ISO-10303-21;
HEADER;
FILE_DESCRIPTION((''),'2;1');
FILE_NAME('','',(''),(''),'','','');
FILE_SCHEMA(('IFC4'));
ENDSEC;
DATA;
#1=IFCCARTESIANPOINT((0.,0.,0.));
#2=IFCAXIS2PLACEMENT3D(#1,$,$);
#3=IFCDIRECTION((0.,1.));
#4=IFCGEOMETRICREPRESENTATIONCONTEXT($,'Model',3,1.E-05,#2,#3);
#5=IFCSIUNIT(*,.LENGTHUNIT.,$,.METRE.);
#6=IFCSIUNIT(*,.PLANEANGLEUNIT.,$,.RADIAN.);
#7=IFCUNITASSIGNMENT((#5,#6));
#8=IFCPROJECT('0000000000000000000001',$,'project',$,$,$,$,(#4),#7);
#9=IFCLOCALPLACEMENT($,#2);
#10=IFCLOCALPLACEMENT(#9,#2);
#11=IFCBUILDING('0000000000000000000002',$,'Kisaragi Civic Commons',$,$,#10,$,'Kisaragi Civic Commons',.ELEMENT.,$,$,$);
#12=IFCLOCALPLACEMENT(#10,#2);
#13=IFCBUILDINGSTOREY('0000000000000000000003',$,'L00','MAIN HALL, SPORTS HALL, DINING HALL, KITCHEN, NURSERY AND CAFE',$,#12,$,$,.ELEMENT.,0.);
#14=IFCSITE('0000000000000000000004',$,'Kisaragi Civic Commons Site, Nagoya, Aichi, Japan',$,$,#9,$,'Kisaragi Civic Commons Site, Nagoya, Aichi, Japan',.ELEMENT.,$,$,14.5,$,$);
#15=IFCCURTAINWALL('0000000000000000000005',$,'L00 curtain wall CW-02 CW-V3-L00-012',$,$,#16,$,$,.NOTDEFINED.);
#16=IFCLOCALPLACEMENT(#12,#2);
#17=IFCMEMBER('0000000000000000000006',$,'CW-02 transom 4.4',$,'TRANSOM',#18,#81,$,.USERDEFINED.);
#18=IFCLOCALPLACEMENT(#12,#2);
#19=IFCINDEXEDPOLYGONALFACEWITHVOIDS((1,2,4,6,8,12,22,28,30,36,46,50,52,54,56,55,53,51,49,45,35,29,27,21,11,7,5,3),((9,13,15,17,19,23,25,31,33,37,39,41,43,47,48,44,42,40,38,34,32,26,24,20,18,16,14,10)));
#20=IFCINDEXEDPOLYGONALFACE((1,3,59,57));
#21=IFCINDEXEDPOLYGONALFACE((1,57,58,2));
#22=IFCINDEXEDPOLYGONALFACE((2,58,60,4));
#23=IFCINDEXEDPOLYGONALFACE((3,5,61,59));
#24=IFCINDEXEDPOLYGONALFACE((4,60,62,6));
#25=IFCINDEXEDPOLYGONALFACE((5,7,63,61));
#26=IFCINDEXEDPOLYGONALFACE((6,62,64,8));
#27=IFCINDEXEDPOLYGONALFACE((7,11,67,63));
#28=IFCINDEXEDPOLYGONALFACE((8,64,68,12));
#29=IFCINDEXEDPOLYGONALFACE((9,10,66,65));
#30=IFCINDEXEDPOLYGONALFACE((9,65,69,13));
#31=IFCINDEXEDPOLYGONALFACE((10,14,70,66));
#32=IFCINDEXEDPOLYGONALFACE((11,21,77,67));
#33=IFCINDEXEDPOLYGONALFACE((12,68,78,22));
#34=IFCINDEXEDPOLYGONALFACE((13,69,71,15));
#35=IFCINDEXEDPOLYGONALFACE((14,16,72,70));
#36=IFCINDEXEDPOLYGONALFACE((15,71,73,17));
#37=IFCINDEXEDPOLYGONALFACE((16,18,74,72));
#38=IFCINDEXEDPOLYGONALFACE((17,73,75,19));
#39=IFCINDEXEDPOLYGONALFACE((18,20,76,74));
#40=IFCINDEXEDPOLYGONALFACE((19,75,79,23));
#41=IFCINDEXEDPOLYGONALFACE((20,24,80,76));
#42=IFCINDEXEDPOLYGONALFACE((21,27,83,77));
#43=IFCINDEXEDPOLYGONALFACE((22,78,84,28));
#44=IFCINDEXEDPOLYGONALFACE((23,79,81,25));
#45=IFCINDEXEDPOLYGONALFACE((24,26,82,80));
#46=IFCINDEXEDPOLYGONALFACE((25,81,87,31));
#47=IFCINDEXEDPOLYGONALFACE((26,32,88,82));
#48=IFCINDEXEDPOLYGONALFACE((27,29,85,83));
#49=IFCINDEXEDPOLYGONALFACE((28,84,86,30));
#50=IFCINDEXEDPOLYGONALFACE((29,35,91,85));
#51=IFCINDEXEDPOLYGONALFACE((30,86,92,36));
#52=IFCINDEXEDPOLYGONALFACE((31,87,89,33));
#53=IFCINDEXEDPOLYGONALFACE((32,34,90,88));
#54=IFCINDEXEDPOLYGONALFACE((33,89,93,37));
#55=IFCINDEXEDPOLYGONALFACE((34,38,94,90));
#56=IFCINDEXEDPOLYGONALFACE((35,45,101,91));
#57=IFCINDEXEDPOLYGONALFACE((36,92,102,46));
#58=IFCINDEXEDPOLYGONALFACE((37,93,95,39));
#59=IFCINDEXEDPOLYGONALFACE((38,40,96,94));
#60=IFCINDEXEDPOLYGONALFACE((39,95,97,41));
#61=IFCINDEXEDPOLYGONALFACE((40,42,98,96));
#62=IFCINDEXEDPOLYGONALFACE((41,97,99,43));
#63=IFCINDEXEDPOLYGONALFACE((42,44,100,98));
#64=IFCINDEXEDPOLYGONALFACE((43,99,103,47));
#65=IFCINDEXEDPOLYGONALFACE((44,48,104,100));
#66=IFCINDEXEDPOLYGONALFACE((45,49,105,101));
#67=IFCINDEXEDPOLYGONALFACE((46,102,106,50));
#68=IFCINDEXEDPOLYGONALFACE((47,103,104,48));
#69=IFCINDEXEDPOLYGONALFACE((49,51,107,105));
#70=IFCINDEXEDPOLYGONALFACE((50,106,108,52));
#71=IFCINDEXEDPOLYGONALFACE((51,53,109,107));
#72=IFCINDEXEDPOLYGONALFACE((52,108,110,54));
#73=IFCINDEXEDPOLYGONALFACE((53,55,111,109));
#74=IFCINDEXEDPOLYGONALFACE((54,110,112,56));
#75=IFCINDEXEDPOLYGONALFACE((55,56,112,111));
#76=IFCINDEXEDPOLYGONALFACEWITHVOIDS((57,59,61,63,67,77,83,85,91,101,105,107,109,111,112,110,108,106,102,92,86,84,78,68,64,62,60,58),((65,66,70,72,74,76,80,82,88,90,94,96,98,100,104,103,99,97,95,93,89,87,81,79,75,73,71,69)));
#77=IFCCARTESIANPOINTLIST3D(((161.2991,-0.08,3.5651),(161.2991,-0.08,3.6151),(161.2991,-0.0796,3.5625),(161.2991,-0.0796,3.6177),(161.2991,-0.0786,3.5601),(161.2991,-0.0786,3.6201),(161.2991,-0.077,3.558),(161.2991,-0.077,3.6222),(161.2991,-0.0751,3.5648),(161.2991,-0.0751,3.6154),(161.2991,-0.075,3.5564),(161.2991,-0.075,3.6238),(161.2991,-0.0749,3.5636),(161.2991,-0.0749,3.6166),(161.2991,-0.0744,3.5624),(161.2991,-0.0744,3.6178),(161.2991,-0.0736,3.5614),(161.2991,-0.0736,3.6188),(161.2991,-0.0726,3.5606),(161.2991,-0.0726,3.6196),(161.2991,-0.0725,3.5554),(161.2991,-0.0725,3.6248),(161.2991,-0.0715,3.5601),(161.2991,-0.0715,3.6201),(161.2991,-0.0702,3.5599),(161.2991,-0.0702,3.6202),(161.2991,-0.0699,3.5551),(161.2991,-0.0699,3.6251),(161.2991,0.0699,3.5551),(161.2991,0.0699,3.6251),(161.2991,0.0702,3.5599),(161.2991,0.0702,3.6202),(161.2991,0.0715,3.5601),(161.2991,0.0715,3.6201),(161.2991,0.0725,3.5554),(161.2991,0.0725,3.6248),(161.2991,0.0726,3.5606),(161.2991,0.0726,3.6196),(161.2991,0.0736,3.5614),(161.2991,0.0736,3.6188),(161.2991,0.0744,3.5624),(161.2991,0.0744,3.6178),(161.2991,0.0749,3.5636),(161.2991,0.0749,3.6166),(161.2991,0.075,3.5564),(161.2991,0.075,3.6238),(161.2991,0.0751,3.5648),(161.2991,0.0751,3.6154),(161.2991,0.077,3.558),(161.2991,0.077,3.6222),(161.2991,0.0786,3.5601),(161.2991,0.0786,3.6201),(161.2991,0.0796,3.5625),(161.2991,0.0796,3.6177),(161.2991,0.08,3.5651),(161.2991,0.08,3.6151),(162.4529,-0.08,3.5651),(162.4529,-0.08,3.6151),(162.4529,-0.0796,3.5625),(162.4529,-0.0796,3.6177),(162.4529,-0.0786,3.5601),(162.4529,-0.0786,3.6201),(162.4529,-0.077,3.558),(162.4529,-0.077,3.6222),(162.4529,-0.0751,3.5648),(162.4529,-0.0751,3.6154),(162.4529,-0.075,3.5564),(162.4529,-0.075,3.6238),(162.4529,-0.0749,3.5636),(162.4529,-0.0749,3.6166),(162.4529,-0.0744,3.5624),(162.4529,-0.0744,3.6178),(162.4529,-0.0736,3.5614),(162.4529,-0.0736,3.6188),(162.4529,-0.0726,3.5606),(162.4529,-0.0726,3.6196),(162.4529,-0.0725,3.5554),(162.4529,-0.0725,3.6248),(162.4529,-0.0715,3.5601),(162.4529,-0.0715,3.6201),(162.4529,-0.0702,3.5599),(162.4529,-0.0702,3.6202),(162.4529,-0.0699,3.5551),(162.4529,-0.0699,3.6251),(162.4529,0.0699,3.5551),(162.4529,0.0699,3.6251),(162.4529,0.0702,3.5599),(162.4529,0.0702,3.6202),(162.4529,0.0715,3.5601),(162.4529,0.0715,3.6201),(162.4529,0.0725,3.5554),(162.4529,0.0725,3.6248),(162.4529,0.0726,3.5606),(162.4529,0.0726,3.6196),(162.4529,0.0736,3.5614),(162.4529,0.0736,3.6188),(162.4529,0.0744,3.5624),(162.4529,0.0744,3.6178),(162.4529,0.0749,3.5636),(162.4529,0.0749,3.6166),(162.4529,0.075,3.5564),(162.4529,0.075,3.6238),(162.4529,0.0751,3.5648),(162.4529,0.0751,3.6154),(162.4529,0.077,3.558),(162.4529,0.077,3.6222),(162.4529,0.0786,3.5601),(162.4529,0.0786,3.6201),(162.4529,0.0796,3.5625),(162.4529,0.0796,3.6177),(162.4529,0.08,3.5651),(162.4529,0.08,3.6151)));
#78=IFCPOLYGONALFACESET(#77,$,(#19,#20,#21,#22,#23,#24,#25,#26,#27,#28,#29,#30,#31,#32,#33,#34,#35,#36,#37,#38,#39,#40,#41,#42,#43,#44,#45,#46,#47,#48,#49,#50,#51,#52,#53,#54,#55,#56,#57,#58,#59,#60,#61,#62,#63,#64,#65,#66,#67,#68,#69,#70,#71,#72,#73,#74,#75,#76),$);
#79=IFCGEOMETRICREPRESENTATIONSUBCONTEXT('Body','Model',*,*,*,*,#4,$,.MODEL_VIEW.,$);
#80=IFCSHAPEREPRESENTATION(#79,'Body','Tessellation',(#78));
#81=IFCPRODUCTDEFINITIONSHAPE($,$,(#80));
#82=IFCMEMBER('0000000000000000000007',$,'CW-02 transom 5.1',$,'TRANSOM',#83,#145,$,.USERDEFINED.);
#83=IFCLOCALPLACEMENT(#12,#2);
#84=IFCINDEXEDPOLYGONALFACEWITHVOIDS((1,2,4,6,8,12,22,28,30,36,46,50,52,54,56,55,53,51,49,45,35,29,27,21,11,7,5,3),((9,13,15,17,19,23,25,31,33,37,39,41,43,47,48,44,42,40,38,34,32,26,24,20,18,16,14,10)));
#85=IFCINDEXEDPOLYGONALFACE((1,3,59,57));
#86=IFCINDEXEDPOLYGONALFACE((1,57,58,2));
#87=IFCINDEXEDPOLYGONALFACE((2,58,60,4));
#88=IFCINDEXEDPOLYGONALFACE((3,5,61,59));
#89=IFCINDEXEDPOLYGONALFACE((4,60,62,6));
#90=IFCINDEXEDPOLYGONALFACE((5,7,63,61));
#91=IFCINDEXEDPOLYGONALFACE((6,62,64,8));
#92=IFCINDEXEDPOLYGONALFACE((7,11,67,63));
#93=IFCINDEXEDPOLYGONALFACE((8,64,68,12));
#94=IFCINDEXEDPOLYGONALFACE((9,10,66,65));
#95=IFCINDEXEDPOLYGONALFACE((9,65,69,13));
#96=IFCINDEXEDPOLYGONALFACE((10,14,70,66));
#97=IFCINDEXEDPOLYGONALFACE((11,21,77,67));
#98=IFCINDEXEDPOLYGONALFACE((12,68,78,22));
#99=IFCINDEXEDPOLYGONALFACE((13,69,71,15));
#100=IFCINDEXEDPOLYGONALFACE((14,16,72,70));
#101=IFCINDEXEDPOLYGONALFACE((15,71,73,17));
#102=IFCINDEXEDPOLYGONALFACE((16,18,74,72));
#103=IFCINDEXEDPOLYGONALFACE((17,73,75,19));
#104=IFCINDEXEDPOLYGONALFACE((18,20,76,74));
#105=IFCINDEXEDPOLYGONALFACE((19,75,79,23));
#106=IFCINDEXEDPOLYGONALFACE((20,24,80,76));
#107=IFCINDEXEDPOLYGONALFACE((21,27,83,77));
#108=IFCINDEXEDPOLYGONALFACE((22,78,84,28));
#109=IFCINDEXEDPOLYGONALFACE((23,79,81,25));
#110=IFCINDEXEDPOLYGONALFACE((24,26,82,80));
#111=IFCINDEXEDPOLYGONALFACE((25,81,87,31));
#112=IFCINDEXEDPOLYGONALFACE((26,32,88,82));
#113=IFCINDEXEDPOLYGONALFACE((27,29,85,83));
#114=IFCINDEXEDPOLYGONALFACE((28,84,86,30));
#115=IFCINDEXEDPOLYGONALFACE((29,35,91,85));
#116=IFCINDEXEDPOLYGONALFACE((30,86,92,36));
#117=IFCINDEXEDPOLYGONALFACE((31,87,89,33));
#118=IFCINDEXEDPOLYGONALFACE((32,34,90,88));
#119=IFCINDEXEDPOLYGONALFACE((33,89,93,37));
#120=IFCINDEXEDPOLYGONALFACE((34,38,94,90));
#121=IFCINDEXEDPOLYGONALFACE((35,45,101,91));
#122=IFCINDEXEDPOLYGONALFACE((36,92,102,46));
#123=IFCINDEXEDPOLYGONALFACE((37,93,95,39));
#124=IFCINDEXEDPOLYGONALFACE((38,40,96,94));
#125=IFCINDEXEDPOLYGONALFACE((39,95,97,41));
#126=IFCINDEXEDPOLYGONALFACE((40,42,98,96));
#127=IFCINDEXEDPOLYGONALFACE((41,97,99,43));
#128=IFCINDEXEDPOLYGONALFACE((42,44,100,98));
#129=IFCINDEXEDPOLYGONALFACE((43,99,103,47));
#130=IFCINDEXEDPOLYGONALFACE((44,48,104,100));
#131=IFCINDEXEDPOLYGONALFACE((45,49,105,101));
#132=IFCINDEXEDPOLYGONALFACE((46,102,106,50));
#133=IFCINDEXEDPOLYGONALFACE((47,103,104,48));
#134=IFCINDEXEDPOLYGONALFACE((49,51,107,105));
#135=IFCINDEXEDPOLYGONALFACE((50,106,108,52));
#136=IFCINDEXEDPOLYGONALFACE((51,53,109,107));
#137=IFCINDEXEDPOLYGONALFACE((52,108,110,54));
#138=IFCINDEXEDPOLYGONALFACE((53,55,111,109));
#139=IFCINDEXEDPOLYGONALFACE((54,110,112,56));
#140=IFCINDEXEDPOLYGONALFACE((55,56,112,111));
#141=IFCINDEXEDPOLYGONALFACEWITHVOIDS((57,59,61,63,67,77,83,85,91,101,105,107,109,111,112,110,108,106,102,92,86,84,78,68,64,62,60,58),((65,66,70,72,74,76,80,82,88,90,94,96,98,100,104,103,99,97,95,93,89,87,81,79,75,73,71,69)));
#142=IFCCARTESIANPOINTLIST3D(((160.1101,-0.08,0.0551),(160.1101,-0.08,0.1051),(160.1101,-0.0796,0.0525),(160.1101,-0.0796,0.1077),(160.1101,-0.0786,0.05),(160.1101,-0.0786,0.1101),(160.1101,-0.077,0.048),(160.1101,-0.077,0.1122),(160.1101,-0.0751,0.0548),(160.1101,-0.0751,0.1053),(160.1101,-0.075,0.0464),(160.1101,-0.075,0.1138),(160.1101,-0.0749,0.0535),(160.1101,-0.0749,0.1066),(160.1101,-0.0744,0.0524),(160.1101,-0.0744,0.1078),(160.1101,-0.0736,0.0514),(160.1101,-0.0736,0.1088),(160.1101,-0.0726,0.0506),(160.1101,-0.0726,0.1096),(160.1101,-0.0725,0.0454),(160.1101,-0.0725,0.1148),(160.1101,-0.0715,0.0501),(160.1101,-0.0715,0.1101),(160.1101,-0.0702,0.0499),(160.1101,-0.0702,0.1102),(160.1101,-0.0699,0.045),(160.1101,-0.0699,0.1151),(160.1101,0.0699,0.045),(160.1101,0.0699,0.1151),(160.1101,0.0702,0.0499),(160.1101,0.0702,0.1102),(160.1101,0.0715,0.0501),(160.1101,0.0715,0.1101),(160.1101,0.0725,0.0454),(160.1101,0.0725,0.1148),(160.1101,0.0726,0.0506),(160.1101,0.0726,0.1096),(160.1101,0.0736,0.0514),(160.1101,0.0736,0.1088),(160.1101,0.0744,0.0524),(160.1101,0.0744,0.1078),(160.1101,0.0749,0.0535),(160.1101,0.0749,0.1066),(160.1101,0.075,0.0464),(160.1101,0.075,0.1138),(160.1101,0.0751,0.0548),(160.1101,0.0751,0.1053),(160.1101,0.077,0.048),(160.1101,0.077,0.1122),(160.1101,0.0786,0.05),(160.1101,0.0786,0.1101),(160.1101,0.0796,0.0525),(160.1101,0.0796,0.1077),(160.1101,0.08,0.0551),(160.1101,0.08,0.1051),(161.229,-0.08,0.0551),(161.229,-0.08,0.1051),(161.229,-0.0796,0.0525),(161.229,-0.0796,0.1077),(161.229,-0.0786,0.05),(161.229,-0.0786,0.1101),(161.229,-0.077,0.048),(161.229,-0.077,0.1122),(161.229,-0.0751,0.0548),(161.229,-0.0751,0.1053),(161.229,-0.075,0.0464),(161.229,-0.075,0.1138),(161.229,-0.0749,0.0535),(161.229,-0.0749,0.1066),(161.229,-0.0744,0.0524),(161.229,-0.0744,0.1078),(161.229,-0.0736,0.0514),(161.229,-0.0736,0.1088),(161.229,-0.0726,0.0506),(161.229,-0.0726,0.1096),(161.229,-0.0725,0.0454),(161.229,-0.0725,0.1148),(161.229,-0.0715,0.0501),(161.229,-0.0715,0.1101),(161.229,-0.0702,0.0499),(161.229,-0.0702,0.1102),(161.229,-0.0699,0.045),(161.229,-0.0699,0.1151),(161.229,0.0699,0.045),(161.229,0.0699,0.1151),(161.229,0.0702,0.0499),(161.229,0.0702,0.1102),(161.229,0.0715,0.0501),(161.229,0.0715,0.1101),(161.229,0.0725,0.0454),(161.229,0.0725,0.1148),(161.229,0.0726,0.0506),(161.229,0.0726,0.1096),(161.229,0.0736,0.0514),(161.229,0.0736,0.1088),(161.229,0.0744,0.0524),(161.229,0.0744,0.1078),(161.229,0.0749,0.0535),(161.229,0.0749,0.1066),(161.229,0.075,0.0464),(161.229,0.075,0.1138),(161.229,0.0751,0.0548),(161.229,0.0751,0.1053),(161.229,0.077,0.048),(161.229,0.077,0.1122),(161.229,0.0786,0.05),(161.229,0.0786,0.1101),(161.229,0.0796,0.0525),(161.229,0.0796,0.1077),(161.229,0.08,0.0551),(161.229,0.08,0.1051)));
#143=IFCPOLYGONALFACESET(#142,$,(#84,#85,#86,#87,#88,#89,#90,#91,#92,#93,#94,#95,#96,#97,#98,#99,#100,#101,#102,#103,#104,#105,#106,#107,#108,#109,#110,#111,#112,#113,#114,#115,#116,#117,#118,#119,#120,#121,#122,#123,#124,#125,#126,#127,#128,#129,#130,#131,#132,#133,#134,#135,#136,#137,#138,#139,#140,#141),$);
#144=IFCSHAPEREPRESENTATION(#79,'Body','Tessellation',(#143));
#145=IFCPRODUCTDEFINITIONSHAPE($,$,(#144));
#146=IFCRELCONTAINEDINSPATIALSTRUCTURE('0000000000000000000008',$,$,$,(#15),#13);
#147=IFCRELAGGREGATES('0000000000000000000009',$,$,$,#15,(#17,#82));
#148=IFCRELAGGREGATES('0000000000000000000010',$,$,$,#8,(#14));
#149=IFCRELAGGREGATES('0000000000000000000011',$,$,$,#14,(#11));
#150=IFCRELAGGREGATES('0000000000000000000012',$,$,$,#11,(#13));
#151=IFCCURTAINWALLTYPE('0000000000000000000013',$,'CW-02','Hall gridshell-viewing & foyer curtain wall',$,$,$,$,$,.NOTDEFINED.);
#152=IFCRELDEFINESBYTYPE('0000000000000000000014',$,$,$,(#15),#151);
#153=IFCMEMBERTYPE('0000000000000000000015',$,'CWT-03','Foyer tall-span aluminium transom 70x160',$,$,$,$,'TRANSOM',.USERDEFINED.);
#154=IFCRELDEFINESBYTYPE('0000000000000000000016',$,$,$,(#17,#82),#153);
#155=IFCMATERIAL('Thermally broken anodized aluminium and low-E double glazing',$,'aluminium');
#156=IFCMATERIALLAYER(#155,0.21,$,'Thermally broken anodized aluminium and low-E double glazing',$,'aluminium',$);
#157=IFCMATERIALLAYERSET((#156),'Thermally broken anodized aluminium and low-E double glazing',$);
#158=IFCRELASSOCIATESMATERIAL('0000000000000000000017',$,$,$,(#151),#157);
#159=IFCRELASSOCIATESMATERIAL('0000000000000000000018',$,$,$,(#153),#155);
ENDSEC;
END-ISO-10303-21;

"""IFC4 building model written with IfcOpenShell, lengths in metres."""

from ifc_helpers import new_model, si_unit, direction, frame, origin, origin_2d, place, context, subcontext, project, spatial, hollow_rectangle, extrude, material, layer, layer_set, material_profile, profile_set, type_object, element, aggregate, save


model = new_model("IFC4")

# Units and contexts
model_context = context("Model", 3, precision=1e-05, world=origin(), true_north=direction((0.0, 1.0)))
body_context = subcontext(model_context, "Body", "Model", "MODEL_VIEW")
ifc_project = project(units=[si_unit("LENGTHUNIT", "METRE"), si_unit("PLANEANGLEUNIT", "RADIAN")], contexts=[model_context])

# Site, building, storey
site_placement = place(None, origin())
site = spatial("IfcSite", under=ifc_project, at=site_placement, Name="Kisaragi Civic Commons Site, Nagoya, Aichi, Japan", LongName="Kisaragi Civic Commons Site, Nagoya, Aichi, Japan", CompositionType="ELEMENT", RefElevation=14.5)
building_placement = place(site_placement, origin())
building = spatial("IfcBuilding", under=site, at=building_placement, Name="Kisaragi Civic Commons", LongName="Kisaragi Civic Commons", CompositionType="ELEMENT")
storey_placement = place(building_placement, origin())
storey = spatial("IfcBuildingStorey", under=building, at=storey_placement, Name="L00", Description="MAIN HALL, SPORTS HALL, DINING HALL, KITCHEN, NURSERY AND CAFE", CompositionType="ELEMENT", Elevation=0.0)

# Curtain wall, members
ifc_material = material(Name="Thermally broken anodized aluminium and low-E double glazing", Category="aluminium")
ifc_layer_1 = layer(ifc_material, 0.21, Name="Thermally broken anodized aluminium and low-E double glazing", Category="aluminium")
ifc_layer_set_1 = layer_set([ifc_layer_1], Name="Thermally broken anodized aluminium and low-E double glazing")
curtain_wall_type = type_object("IfcCurtainWallType", Name="CW-02", Description="Hall gridshell-viewing & foyer curtain wall", PredefinedType="NOTDEFINED", material=ifc_layer_set_1)
curtain_wall_placement = place(storey_placement, origin())
curtain_wall = element("IfcCurtainWall", 1, at=curtain_wall_placement, inside=storey, type_object=curtain_wall_type, Name="L00 curtain wall CW-02 CW-V3-L00-012", PredefinedType="NOTDEFINED")
ifc_material_profile_1 = material_profile(ifc_material, hollow_rectangle(XDim=0.1599, YDim=0.0701, WallThickness=0.0049, InnerFilletRadius=0.0049, OuterFilletRadius=0.01, at=origin_2d()), Name="CWT-70x160x5", Category="aluminium")
ifc_profile_set_1 = profile_set([ifc_material_profile_1], Name="Thermally broken anodized aluminium and low-E double glazing")
member_type_1 = type_object("IfcMemberType", Name="CWT-03", Description="Foyer tall-span aluminium transom 70x160", ElementType="TRANSOM", PredefinedType="USERDEFINED", material=ifc_profile_set_1)
member_1_placement = place(storey_placement, frame((162.4529, 0.0, 3.5901), z_axis=(-1.0, 0.0, 0.0), x_axis=(0.0, -1.0, 0.0)))
member_1 = element("IfcMember", 2, at=member_1_placement, type_object=member_type_1, Name="CW-02 transom 4.4", ObjectType="TRANSOM", PredefinedType="USERDEFINED", context=body_context, shape_type="SweptSolid", body=[
    extrude(hollow_rectangle(XDim=0.1599, YDim=0.0701, WallThickness=0.0049, InnerFilletRadius=0.0049, OuterFilletRadius=0.01, at=origin_2d()), origin(), (0.0, 0.0, 1.0), 1.1538),
])
member_2_placement = place(storey_placement, frame((161.229, 0.0, 0.0801), z_axis=(-1.0, 0.0, 0.0), x_axis=(0.0, -1.0, 0.0)))
member_2 = element("IfcMember", 3, at=member_2_placement, type_object=member_type_1, Name="CW-02 transom 5.1", ObjectType="TRANSOM", PredefinedType="USERDEFINED", context=body_context, shape_type="SweptSolid", body=[
    extrude(hollow_rectangle(XDim=0.1599, YDim=0.0701, WallThickness=0.0049, InnerFilletRadius=0.0049, OuterFilletRadius=0.01, at=origin_2d()), origin(), (0.0, 0.0, 1.0), 1.1189),
])
aggregate(curtain_wall, [member_1, member_2])

save(model, "model.ifc")
